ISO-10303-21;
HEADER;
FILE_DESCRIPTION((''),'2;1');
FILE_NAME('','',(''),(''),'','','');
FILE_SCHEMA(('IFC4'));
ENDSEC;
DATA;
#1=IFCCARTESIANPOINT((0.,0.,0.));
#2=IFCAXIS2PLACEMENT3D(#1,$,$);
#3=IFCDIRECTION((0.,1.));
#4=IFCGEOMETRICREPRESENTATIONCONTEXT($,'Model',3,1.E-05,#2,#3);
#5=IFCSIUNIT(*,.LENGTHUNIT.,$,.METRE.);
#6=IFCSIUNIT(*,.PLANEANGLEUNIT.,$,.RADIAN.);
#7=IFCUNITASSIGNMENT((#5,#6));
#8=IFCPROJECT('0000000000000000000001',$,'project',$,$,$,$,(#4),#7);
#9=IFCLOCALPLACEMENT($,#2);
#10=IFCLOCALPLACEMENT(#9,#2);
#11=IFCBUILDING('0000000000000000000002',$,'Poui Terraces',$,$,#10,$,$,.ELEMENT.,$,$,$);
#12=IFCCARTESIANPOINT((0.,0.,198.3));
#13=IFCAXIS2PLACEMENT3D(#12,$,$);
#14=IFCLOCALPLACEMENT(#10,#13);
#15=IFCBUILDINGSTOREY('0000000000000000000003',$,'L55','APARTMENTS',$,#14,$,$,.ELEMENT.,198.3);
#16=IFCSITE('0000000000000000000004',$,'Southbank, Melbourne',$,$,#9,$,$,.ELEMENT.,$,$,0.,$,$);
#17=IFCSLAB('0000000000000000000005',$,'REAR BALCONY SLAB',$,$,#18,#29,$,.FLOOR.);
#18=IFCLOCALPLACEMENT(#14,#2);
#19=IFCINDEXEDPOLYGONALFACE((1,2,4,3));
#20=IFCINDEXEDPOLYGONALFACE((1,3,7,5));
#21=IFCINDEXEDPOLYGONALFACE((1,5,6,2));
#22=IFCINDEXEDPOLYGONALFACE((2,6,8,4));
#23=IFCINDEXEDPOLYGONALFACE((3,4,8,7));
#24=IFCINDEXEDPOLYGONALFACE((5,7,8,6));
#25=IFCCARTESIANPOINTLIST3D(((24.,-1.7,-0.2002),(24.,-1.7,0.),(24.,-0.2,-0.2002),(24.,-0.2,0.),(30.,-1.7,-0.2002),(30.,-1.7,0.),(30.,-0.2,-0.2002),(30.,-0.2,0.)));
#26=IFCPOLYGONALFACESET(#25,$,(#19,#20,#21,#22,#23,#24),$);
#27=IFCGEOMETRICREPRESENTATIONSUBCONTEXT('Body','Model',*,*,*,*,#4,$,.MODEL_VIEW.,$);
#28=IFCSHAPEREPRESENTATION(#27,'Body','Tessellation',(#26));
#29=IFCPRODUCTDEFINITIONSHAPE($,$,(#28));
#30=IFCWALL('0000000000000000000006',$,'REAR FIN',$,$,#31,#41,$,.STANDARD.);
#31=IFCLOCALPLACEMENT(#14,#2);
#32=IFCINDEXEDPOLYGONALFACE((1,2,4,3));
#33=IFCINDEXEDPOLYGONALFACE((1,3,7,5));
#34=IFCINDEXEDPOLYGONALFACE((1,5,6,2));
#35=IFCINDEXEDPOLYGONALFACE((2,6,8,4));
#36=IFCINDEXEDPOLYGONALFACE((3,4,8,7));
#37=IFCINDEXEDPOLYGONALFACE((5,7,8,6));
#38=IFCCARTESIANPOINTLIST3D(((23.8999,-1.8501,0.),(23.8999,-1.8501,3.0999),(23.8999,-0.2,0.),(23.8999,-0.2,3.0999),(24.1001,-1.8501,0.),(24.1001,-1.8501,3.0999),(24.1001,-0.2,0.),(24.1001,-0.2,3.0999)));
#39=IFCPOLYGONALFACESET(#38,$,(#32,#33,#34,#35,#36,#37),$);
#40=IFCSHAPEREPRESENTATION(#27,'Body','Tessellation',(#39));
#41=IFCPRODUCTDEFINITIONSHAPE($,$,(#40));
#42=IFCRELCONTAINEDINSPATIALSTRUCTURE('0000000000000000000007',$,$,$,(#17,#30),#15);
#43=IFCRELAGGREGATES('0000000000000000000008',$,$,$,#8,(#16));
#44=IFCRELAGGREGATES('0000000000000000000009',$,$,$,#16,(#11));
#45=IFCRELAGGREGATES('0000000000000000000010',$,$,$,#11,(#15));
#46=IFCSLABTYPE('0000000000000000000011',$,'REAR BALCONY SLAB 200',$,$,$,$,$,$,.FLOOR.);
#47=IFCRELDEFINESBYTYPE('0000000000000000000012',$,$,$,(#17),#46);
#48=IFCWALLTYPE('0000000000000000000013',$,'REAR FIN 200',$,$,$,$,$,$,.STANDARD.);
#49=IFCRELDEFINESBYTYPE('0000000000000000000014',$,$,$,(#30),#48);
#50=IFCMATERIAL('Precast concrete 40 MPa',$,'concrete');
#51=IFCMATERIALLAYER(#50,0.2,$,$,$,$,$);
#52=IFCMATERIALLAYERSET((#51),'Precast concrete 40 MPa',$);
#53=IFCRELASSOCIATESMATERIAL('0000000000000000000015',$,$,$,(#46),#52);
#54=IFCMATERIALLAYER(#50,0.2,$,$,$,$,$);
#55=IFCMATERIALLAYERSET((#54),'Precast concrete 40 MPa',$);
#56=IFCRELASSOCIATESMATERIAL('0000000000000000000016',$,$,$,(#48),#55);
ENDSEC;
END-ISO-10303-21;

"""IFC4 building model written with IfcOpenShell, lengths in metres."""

from ifc_helpers import new_model, si_unit, direction, frame, origin, place, context, subcontext, project, spatial, polyline, outline, extrude, source, transform, mapped, material, layer, layer_set, type_object, element, save


model = new_model("IFC4")

# Units and contexts
model_context = context("Model", 3, precision=1e-05, world=origin(), true_north=direction((0.0, 1.0)))
body_context = subcontext(model_context, "Body", "Model", "MODEL_VIEW")
ifc_project = project(units=[si_unit("LENGTHUNIT", "METRE"), si_unit("PLANEANGLEUNIT", "RADIAN")], contexts=[model_context])

# Site, building, storey
site_placement = place(None, origin())
site = spatial("IfcSite", under=ifc_project, at=site_placement, Name="Southbank, Melbourne", CompositionType="ELEMENT", RefElevation=0.0)
building_placement = place(site_placement, origin())
building = spatial("IfcBuilding", under=site, at=building_placement, Name="Poui Terraces", CompositionType="ELEMENT")
storey_placement = place(building_placement, frame((0.0, 0.0, 198.3)))
storey = spatial("IfcBuildingStorey", under=building, at=storey_placement, Name="L55", Description="APARTMENTS", CompositionType="ELEMENT", Elevation=198.3)

# Slab
ifc_material = material(Name="Precast concrete 40 MPa", Category="concrete")
ifc_layer_1 = layer(ifc_material, 0.2)
ifc_layer_set_1 = layer_set([ifc_layer_1], Name="Precast concrete 40 MPa")
slab_type = type_object("IfcSlabType", Name="REAR BALCONY SLAB 200", PredefinedType="FLOOR", material=ifc_layer_set_1)
shared_shape_1 = source(origin(), body_context, "Body", "SweptSolid", [
    extrude(outline(polyline([(0.0, 0.0), (6.0, 0.0), (6.0, 1.5), (0.0, 1.5), (0.0, 0.0)])), origin(), (0.0, 0.0, 1.0), 0.2002),
])
slab_placement = place(storey_placement, frame((24.0, -1.7, -0.2002)))
element("IfcSlab", 1, at=slab_placement, inside=storey, type_object=slab_type, Name="REAR BALCONY SLAB", PredefinedType="FLOOR", context=body_context, shape_type="MappedRepresentation", body=[
    mapped(shared_shape_1, transform((0.0, 0.0, 0.0))),
])

# Wall
ifc_layer_2 = layer(ifc_material, 0.2)
ifc_layer_set_2 = layer_set([ifc_layer_2], Name="Precast concrete 40 MPa")
wall_type = type_object("IfcWallType", Name="REAR FIN 200", PredefinedType="STANDARD", material=ifc_layer_set_2)
shared_shape_2 = source(origin(), body_context, "Body", "SweptSolid", [
    extrude(outline(polyline([(0.0, 0.0), (0.2002, 0.0), (0.2002, 1.6501), (0.0, 1.6501), (0.0, 0.0)])), origin(), (0.0, 0.0, 1.0), 3.0999),
])
wall_placement = place(storey_placement, frame((23.8999, -1.8501, 0.0)))
element("IfcWall", 2, at=wall_placement, inside=storey, type_object=wall_type, Name="REAR FIN", PredefinedType="STANDARD", context=body_context, shape_type="MappedRepresentation", body=[
    mapped(shared_shape_2, transform((0.0, 0.0, 0.0))),
])

save(model, "model.ifc")
